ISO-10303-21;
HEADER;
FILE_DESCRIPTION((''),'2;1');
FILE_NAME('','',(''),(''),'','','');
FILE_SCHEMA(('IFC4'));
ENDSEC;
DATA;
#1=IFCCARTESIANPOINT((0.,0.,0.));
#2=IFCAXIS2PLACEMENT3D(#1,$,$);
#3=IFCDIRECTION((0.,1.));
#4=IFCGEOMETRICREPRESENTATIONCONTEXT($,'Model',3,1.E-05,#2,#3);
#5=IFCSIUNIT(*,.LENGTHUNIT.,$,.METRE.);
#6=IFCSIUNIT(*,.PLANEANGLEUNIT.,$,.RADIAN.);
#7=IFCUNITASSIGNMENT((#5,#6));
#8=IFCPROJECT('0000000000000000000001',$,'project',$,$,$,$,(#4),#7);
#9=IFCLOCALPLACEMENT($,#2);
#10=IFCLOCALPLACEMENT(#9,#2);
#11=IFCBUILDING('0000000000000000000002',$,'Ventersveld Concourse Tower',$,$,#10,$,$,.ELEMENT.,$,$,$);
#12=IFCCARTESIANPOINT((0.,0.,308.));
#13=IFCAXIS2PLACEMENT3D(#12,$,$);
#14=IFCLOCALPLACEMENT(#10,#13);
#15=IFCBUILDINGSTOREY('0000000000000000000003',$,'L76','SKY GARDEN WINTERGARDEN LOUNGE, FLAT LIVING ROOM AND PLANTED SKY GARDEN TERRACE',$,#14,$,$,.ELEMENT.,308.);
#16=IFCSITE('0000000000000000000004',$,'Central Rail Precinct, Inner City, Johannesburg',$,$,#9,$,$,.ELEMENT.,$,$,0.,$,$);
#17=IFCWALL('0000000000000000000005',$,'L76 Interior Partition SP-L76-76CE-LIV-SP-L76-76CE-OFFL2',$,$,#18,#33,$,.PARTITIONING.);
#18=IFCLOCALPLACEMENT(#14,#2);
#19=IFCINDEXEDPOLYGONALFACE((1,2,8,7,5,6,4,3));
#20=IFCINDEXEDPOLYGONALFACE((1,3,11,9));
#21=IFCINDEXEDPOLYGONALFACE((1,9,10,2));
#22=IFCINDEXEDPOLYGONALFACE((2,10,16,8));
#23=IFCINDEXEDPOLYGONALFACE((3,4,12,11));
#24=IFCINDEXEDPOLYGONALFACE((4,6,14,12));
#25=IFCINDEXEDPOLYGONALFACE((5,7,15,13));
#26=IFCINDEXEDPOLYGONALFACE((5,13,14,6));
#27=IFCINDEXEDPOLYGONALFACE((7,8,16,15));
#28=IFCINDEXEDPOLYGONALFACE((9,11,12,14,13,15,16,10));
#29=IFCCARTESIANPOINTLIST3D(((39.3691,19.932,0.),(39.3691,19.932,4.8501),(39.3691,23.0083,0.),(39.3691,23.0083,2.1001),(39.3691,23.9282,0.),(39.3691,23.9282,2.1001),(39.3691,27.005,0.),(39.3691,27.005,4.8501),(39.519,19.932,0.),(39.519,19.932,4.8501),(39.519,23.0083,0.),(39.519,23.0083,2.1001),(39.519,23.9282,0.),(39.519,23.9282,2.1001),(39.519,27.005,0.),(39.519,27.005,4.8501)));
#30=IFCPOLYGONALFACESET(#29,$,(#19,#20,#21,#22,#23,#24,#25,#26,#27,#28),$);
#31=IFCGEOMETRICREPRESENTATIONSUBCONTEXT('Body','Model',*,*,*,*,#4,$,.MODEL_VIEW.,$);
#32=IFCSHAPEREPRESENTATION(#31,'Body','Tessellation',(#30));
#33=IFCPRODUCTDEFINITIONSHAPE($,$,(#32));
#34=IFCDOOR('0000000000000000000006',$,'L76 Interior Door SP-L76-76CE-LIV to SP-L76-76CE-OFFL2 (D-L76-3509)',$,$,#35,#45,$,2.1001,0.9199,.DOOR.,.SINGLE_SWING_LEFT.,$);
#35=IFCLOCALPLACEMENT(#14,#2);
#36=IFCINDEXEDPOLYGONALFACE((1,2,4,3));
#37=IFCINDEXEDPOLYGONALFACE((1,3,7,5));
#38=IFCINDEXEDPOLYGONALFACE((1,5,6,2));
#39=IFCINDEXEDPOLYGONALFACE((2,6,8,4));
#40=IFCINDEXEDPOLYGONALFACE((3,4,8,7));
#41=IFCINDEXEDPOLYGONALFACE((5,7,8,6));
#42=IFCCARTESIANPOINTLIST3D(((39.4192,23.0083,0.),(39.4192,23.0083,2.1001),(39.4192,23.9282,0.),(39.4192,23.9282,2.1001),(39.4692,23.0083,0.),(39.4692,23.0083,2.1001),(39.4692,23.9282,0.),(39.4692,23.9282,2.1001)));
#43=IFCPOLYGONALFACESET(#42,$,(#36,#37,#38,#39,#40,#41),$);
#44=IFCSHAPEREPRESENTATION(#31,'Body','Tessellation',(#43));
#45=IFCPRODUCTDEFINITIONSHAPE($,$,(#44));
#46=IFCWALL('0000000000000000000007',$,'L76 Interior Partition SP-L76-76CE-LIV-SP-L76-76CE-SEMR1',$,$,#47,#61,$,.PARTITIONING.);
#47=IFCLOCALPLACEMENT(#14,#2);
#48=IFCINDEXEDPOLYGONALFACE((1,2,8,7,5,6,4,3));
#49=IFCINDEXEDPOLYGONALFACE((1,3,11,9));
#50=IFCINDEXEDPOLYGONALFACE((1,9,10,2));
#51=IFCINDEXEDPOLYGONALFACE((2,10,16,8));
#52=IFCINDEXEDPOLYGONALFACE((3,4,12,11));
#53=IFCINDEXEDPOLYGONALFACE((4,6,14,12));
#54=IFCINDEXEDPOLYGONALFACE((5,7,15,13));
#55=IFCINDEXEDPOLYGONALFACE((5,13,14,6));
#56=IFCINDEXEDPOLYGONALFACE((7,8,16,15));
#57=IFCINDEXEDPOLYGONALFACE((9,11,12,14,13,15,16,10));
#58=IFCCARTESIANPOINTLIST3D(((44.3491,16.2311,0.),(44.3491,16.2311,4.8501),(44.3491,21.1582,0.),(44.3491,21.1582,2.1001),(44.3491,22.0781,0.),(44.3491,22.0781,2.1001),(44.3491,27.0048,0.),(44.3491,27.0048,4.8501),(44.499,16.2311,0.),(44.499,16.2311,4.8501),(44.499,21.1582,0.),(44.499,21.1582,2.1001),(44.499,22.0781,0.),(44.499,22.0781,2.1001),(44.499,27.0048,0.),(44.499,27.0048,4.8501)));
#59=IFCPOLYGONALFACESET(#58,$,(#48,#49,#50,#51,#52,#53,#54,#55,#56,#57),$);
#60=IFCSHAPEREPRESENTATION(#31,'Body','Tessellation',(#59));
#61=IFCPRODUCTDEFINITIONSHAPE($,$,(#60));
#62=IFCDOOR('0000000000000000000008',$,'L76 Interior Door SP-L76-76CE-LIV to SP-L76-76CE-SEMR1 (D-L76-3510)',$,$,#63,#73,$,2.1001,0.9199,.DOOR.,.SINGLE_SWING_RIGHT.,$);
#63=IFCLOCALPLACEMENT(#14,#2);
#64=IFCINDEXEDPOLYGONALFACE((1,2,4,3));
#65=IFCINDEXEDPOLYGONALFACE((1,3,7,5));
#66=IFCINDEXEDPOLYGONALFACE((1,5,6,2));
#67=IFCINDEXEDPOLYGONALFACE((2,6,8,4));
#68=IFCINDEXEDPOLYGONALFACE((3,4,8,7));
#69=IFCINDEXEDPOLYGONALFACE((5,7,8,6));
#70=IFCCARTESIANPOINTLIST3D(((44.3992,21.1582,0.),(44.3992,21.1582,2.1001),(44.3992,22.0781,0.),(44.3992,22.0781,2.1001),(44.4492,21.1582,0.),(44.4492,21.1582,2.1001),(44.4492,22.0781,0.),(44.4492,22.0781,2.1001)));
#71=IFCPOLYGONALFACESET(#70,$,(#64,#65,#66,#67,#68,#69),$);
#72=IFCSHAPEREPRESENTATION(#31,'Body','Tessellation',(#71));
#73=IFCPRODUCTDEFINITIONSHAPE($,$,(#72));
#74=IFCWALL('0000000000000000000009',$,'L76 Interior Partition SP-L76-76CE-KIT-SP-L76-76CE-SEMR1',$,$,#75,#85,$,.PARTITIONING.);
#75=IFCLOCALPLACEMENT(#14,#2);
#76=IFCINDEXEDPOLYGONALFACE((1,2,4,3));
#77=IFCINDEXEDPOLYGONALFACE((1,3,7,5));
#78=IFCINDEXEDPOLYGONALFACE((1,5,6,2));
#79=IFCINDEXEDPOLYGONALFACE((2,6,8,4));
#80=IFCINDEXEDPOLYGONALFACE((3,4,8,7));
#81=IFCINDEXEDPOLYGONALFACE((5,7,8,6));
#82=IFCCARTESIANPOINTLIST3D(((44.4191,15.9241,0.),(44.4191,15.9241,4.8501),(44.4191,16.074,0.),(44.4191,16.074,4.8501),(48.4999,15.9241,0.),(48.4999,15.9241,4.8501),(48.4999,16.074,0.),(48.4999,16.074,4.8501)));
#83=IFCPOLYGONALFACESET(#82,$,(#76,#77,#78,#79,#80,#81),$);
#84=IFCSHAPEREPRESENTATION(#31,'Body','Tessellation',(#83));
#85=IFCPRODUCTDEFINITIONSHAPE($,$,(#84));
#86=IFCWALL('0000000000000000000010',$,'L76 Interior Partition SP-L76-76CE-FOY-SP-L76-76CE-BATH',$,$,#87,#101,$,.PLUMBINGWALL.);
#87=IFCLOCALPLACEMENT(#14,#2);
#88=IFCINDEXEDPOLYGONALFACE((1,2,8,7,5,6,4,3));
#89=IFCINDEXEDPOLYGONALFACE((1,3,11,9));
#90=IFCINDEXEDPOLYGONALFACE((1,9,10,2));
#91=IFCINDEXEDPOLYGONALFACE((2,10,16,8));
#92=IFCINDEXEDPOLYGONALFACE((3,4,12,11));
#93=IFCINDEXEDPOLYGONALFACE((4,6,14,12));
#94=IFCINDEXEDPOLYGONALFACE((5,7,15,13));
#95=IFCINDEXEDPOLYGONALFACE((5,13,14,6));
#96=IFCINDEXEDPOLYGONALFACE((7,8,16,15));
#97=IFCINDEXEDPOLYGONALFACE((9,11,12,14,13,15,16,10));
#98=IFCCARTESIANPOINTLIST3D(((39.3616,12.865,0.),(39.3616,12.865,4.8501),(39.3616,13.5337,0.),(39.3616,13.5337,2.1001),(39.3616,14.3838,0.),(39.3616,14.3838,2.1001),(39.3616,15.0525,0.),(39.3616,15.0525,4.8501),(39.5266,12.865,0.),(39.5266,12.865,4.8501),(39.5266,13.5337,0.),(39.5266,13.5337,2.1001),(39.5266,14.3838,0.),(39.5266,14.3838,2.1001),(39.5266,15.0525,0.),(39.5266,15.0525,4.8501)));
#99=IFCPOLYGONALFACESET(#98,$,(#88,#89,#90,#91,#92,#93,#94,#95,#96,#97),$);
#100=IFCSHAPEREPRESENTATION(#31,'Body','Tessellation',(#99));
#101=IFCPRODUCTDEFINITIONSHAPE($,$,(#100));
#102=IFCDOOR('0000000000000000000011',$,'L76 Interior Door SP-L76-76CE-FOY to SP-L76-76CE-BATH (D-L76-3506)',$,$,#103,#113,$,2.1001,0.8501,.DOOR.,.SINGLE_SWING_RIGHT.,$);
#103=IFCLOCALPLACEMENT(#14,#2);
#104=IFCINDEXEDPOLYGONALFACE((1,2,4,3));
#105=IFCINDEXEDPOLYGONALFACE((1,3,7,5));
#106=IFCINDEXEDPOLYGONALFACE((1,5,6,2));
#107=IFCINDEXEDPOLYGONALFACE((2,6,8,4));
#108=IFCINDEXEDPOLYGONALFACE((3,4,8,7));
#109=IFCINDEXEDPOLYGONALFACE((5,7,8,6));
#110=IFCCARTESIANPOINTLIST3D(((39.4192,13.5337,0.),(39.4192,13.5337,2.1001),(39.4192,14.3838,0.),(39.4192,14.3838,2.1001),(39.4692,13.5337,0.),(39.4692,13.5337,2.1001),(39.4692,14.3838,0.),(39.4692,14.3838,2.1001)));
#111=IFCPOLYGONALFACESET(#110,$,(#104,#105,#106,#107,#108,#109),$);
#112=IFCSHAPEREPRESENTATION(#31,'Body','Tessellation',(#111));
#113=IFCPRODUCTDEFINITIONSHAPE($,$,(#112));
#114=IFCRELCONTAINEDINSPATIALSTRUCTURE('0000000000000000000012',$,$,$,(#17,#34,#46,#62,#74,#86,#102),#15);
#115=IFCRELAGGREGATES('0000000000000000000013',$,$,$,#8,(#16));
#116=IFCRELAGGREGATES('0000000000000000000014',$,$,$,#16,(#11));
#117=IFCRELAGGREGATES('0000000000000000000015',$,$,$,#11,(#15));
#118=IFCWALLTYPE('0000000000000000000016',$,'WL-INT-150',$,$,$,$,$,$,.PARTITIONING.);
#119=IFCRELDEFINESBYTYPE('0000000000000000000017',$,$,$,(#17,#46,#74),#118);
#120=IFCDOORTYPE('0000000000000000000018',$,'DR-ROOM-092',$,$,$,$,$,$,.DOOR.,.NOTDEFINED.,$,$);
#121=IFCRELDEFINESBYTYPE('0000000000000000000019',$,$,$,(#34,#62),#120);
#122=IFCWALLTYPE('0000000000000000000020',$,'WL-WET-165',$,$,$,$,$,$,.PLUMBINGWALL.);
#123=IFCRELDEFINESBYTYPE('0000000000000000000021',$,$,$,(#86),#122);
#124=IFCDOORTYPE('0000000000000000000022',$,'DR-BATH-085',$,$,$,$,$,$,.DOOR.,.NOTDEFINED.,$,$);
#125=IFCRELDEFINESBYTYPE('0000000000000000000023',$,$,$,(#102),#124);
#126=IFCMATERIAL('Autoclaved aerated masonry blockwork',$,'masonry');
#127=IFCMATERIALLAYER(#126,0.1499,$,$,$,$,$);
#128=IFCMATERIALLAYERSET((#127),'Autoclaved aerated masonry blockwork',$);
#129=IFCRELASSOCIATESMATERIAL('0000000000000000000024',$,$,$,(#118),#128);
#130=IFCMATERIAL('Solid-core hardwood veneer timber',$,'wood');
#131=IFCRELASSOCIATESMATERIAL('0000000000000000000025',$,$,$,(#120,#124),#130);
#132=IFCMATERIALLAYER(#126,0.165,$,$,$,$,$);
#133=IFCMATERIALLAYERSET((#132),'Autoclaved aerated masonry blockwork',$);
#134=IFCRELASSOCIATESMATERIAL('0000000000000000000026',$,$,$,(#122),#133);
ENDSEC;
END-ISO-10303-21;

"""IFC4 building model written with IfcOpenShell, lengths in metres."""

from ifc_helpers import new_model, si_unit, direction, frame, frame_2d, origin, place, context, subcontext, project, spatial, rectangle, extrude, material, layer, layer_set, type_object, element, fill, save


model = new_model("IFC4")

# Units and contexts
model_context = context("Model", 3, precision=1e-05, world=origin(), true_north=direction((0.0, 1.0)))
body_context = subcontext(model_context, "Body", "Model", "MODEL_VIEW")
ifc_project = project(units=[si_unit("LENGTHUNIT", "METRE"), si_unit("PLANEANGLEUNIT", "RADIAN")], contexts=[model_context])

# Site, building, storey
site_placement = place(None, origin())
site = spatial("IfcSite", under=ifc_project, at=site_placement, Name="Central Rail Precinct, Inner City, Johannesburg", CompositionType="ELEMENT", RefElevation=0.0)
building_placement = place(site_placement, origin())
building = spatial("IfcBuilding", under=site, at=building_placement, Name="Ventersveld Concourse Tower", CompositionType="ELEMENT")
storey_placement = place(building_placement, frame((0.0, 0.0, 308.0)))
storey = spatial("IfcBuildingStorey", under=building, at=storey_placement, Name="L76", Description="SKY GARDEN WINTERGARDEN LOUNGE, FLAT LIVING ROOM AND PLANTED SKY GARDEN TERRACE", CompositionType="ELEMENT", Elevation=308.0)

# Shared definitions
ifc_material_1 = material(Name="Solid-core hardwood veneer timber", Category="wood")

# Shared definitions
ifc_material_2 = material(Name="Autoclaved aerated masonry blockwork", Category="masonry")
ifc_layer_1 = layer(ifc_material_2, 0.1499)
ifc_layer_set_1 = layer_set([ifc_layer_1], Name="Autoclaved aerated masonry blockwork")
wall_type_1 = type_object("IfcWallType", Name="WL-INT-150", PredefinedType="PARTITIONING", material=ifc_layer_set_1)
door_type_1 = type_object("IfcDoorType", Name="DR-ROOM-092", OperationType="NOTDEFINED", PredefinedType="DOOR", material=ifc_material_1)

# Walls, openings, doors
wall_1_placement = place(storey_placement, frame((39.4441, 19.9319, 0.0), z_axis=(0.0, 0.0, 1.0), x_axis=(0.0, 1.0, 0.0)))
wall_1 = element("IfcWall", 1, at=wall_1_placement, inside=storey, type_object=wall_type_1, Name="L76 Interior Partition SP-L76-76CE-LIV-SP-L76-76CE-OFFL2", PredefinedType="PARTITIONING", context=body_context, shape_type="SweptSolid", body=[
    extrude(rectangle(XDim=7.073, YDim=0.1499, at=frame_2d((3.5366, 0.0))), origin(), (0.0, 0.0, 1.0), 4.8501),
])
opening_1_placement = place(wall_1_placement, frame((3.0764, 0.0, 0.0)))
opening_1 = element("IfcOpeningElement", 2, at=opening_1_placement, cuts=wall_1, PredefinedType="OPENING", context=body_context, shape_type="SweptSolid", body=[
    extrude(rectangle(XDim=0.9199, YDim=2.1001, at=frame_2d((0.46, 1.05))), frame((0.0, 0.085, 0.0), z_axis=(0.0, -1.0, 0.0), x_axis=(1.0, 0.0, 0.0)), (0.0, 0.0, 1.0), 0.1699),
])
door_1_placement = place(opening_1_placement, origin())
door_1 = element("IfcDoor", 3, at=door_1_placement, inside=storey, type_object=door_type_1, Name="L76 Interior Door SP-L76-76CE-LIV to SP-L76-76CE-OFFL2 (D-L76-3509)", OperationType="SINGLE_SWING_LEFT", OverallHeight=2.1001, OverallWidth=0.9199, PredefinedType="DOOR", context=body_context, shape_type="SweptSolid", body=[
    extrude(rectangle(XDim=0.9199, YDim=2.1001, at=frame_2d((0.46, 1.05))), frame((0.0, 0.0249, 0.0), z_axis=(0.0, -1.0, 0.0), x_axis=(1.0, 0.0, 0.0)), (0.0, 0.0, 1.0), 0.05),
])
fill(opening_1, door_1)
wall_2_placement = place(storey_placement, frame((44.4241, 16.2312, 0.0), z_axis=(0.0, 0.0, 1.0), x_axis=(0.0, 1.0, 0.0)))
wall_2 = element("IfcWall", 4, at=wall_2_placement, inside=storey, type_object=wall_type_1, Name="L76 Interior Partition SP-L76-76CE-LIV-SP-L76-76CE-SEMR1", PredefinedType="PARTITIONING", context=body_context, shape_type="SweptSolid", body=[
    extrude(rectangle(XDim=10.7737, YDim=0.1499, at=frame_2d((5.3867, 0.0))), origin(), (0.0, 0.0, 1.0), 4.8501),
])
opening_2_placement = place(wall_2_placement, frame((4.927, 0.0, 0.0)))
opening_2 = element("IfcOpeningElement", 5, at=opening_2_placement, cuts=wall_2, PredefinedType="OPENING", context=body_context, shape_type="SweptSolid", body=[
    extrude(rectangle(XDim=0.9199, YDim=2.1001, at=frame_2d((0.46, 1.05))), frame((0.0, 0.085, 0.0), z_axis=(0.0, -1.0, 0.0), x_axis=(1.0, 0.0, 0.0)), (0.0, 0.0, 1.0), 0.1699),
])
door_2_placement = place(opening_2_placement, origin())
door_2 = element("IfcDoor", 6, at=door_2_placement, inside=storey, type_object=door_type_1, Name="L76 Interior Door SP-L76-76CE-LIV to SP-L76-76CE-SEMR1 (D-L76-3510)", OperationType="SINGLE_SWING_RIGHT", OverallHeight=2.1001, OverallWidth=0.9199, PredefinedType="DOOR", context=body_context, shape_type="SweptSolid", body=[
    extrude(rectangle(XDim=0.9199, YDim=2.1001, at=frame_2d((0.46, 1.05))), frame((0.0, 0.0249, 0.0), z_axis=(0.0, -1.0, 0.0), x_axis=(1.0, 0.0, 0.0)), (0.0, 0.0, 1.0), 0.05),
])
fill(opening_2, door_2)

# Wall
wall_3_placement = place(storey_placement, frame((44.4189, 15.999, 0.0), z_axis=(0.0, 0.0, 1.0), x_axis=(1.0, 0.0, 0.0)))
element("IfcWall", 7, at=wall_3_placement, inside=storey, type_object=wall_type_1, Name="L76 Interior Partition SP-L76-76CE-KIT-SP-L76-76CE-SEMR1", PredefinedType="PARTITIONING", context=body_context, shape_type="SweptSolid", body=[
    extrude(rectangle(XDim=4.0808, YDim=0.1499, at=frame_2d((2.0405, 0.0))), origin(), (0.0, 0.0, 1.0), 4.8501),
])

# Wall, opening, door
ifc_layer_2 = layer(ifc_material_2, 0.165)
ifc_layer_set_2 = layer_set([ifc_layer_2], Name="Autoclaved aerated masonry blockwork")
wall_type_2 = type_object("IfcWallType", Name="WL-WET-165", PredefinedType="PLUMBINGWALL", material=ifc_layer_set_2)
wall_4_placement = place(storey_placement, frame((39.4441, 12.865, 0.0), z_axis=(0.0, 0.0, 1.0), x_axis=(0.0, 1.0, 0.0)))
wall_4 = element("IfcWall", 8, at=wall_4_placement, inside=storey, type_object=wall_type_2, Name="L76 Interior Partition SP-L76-76CE-FOY-SP-L76-76CE-BATH", PredefinedType="PLUMBINGWALL", context=body_context, shape_type="SweptSolid", body=[
    extrude(rectangle(XDim=2.1875, YDim=0.165, at=frame_2d((1.0938, 0.0))), origin(), (0.0, 0.0, 1.0), 4.8501),
])
opening_3_placement = place(wall_4_placement, frame((0.6687, 0.0, 0.0)))
opening_3 = element("IfcOpeningElement", 9, at=opening_3_placement, cuts=wall_4, PredefinedType="OPENING", context=body_context, shape_type="SweptSolid", body=[
    extrude(rectangle(XDim=0.8501, YDim=2.1001, at=frame_2d((0.425, 1.05))), frame((0.0, 0.0925, 0.0), z_axis=(0.0, -1.0, 0.0), x_axis=(1.0, 0.0, 0.0)), (0.0, 0.0, 1.0), 0.1851),
])
door_type_2 = type_object("IfcDoorType", Name="DR-BATH-085", OperationType="NOTDEFINED", PredefinedType="DOOR", material=ifc_material_1)
door_3_placement = place(opening_3_placement, origin())
door_3 = element("IfcDoor", 10, at=door_3_placement, inside=storey, type_object=door_type_2, Name="L76 Interior Door SP-L76-76CE-FOY to SP-L76-76CE-BATH (D-L76-3506)", OperationType="SINGLE_SWING_RIGHT", OverallHeight=2.1001, OverallWidth=0.8501, PredefinedType="DOOR", context=body_context, shape_type="SweptSolid", body=[
    extrude(rectangle(XDim=0.8501, YDim=2.1001, at=frame_2d((0.425, 1.05))), frame((0.0, 0.0249, 0.0), z_axis=(0.0, -1.0, 0.0), x_axis=(1.0, 0.0, 0.0)), (0.0, 0.0, 1.0), 0.05),
])
fill(opening_3, door_3)

save(model, "model.ifc")
